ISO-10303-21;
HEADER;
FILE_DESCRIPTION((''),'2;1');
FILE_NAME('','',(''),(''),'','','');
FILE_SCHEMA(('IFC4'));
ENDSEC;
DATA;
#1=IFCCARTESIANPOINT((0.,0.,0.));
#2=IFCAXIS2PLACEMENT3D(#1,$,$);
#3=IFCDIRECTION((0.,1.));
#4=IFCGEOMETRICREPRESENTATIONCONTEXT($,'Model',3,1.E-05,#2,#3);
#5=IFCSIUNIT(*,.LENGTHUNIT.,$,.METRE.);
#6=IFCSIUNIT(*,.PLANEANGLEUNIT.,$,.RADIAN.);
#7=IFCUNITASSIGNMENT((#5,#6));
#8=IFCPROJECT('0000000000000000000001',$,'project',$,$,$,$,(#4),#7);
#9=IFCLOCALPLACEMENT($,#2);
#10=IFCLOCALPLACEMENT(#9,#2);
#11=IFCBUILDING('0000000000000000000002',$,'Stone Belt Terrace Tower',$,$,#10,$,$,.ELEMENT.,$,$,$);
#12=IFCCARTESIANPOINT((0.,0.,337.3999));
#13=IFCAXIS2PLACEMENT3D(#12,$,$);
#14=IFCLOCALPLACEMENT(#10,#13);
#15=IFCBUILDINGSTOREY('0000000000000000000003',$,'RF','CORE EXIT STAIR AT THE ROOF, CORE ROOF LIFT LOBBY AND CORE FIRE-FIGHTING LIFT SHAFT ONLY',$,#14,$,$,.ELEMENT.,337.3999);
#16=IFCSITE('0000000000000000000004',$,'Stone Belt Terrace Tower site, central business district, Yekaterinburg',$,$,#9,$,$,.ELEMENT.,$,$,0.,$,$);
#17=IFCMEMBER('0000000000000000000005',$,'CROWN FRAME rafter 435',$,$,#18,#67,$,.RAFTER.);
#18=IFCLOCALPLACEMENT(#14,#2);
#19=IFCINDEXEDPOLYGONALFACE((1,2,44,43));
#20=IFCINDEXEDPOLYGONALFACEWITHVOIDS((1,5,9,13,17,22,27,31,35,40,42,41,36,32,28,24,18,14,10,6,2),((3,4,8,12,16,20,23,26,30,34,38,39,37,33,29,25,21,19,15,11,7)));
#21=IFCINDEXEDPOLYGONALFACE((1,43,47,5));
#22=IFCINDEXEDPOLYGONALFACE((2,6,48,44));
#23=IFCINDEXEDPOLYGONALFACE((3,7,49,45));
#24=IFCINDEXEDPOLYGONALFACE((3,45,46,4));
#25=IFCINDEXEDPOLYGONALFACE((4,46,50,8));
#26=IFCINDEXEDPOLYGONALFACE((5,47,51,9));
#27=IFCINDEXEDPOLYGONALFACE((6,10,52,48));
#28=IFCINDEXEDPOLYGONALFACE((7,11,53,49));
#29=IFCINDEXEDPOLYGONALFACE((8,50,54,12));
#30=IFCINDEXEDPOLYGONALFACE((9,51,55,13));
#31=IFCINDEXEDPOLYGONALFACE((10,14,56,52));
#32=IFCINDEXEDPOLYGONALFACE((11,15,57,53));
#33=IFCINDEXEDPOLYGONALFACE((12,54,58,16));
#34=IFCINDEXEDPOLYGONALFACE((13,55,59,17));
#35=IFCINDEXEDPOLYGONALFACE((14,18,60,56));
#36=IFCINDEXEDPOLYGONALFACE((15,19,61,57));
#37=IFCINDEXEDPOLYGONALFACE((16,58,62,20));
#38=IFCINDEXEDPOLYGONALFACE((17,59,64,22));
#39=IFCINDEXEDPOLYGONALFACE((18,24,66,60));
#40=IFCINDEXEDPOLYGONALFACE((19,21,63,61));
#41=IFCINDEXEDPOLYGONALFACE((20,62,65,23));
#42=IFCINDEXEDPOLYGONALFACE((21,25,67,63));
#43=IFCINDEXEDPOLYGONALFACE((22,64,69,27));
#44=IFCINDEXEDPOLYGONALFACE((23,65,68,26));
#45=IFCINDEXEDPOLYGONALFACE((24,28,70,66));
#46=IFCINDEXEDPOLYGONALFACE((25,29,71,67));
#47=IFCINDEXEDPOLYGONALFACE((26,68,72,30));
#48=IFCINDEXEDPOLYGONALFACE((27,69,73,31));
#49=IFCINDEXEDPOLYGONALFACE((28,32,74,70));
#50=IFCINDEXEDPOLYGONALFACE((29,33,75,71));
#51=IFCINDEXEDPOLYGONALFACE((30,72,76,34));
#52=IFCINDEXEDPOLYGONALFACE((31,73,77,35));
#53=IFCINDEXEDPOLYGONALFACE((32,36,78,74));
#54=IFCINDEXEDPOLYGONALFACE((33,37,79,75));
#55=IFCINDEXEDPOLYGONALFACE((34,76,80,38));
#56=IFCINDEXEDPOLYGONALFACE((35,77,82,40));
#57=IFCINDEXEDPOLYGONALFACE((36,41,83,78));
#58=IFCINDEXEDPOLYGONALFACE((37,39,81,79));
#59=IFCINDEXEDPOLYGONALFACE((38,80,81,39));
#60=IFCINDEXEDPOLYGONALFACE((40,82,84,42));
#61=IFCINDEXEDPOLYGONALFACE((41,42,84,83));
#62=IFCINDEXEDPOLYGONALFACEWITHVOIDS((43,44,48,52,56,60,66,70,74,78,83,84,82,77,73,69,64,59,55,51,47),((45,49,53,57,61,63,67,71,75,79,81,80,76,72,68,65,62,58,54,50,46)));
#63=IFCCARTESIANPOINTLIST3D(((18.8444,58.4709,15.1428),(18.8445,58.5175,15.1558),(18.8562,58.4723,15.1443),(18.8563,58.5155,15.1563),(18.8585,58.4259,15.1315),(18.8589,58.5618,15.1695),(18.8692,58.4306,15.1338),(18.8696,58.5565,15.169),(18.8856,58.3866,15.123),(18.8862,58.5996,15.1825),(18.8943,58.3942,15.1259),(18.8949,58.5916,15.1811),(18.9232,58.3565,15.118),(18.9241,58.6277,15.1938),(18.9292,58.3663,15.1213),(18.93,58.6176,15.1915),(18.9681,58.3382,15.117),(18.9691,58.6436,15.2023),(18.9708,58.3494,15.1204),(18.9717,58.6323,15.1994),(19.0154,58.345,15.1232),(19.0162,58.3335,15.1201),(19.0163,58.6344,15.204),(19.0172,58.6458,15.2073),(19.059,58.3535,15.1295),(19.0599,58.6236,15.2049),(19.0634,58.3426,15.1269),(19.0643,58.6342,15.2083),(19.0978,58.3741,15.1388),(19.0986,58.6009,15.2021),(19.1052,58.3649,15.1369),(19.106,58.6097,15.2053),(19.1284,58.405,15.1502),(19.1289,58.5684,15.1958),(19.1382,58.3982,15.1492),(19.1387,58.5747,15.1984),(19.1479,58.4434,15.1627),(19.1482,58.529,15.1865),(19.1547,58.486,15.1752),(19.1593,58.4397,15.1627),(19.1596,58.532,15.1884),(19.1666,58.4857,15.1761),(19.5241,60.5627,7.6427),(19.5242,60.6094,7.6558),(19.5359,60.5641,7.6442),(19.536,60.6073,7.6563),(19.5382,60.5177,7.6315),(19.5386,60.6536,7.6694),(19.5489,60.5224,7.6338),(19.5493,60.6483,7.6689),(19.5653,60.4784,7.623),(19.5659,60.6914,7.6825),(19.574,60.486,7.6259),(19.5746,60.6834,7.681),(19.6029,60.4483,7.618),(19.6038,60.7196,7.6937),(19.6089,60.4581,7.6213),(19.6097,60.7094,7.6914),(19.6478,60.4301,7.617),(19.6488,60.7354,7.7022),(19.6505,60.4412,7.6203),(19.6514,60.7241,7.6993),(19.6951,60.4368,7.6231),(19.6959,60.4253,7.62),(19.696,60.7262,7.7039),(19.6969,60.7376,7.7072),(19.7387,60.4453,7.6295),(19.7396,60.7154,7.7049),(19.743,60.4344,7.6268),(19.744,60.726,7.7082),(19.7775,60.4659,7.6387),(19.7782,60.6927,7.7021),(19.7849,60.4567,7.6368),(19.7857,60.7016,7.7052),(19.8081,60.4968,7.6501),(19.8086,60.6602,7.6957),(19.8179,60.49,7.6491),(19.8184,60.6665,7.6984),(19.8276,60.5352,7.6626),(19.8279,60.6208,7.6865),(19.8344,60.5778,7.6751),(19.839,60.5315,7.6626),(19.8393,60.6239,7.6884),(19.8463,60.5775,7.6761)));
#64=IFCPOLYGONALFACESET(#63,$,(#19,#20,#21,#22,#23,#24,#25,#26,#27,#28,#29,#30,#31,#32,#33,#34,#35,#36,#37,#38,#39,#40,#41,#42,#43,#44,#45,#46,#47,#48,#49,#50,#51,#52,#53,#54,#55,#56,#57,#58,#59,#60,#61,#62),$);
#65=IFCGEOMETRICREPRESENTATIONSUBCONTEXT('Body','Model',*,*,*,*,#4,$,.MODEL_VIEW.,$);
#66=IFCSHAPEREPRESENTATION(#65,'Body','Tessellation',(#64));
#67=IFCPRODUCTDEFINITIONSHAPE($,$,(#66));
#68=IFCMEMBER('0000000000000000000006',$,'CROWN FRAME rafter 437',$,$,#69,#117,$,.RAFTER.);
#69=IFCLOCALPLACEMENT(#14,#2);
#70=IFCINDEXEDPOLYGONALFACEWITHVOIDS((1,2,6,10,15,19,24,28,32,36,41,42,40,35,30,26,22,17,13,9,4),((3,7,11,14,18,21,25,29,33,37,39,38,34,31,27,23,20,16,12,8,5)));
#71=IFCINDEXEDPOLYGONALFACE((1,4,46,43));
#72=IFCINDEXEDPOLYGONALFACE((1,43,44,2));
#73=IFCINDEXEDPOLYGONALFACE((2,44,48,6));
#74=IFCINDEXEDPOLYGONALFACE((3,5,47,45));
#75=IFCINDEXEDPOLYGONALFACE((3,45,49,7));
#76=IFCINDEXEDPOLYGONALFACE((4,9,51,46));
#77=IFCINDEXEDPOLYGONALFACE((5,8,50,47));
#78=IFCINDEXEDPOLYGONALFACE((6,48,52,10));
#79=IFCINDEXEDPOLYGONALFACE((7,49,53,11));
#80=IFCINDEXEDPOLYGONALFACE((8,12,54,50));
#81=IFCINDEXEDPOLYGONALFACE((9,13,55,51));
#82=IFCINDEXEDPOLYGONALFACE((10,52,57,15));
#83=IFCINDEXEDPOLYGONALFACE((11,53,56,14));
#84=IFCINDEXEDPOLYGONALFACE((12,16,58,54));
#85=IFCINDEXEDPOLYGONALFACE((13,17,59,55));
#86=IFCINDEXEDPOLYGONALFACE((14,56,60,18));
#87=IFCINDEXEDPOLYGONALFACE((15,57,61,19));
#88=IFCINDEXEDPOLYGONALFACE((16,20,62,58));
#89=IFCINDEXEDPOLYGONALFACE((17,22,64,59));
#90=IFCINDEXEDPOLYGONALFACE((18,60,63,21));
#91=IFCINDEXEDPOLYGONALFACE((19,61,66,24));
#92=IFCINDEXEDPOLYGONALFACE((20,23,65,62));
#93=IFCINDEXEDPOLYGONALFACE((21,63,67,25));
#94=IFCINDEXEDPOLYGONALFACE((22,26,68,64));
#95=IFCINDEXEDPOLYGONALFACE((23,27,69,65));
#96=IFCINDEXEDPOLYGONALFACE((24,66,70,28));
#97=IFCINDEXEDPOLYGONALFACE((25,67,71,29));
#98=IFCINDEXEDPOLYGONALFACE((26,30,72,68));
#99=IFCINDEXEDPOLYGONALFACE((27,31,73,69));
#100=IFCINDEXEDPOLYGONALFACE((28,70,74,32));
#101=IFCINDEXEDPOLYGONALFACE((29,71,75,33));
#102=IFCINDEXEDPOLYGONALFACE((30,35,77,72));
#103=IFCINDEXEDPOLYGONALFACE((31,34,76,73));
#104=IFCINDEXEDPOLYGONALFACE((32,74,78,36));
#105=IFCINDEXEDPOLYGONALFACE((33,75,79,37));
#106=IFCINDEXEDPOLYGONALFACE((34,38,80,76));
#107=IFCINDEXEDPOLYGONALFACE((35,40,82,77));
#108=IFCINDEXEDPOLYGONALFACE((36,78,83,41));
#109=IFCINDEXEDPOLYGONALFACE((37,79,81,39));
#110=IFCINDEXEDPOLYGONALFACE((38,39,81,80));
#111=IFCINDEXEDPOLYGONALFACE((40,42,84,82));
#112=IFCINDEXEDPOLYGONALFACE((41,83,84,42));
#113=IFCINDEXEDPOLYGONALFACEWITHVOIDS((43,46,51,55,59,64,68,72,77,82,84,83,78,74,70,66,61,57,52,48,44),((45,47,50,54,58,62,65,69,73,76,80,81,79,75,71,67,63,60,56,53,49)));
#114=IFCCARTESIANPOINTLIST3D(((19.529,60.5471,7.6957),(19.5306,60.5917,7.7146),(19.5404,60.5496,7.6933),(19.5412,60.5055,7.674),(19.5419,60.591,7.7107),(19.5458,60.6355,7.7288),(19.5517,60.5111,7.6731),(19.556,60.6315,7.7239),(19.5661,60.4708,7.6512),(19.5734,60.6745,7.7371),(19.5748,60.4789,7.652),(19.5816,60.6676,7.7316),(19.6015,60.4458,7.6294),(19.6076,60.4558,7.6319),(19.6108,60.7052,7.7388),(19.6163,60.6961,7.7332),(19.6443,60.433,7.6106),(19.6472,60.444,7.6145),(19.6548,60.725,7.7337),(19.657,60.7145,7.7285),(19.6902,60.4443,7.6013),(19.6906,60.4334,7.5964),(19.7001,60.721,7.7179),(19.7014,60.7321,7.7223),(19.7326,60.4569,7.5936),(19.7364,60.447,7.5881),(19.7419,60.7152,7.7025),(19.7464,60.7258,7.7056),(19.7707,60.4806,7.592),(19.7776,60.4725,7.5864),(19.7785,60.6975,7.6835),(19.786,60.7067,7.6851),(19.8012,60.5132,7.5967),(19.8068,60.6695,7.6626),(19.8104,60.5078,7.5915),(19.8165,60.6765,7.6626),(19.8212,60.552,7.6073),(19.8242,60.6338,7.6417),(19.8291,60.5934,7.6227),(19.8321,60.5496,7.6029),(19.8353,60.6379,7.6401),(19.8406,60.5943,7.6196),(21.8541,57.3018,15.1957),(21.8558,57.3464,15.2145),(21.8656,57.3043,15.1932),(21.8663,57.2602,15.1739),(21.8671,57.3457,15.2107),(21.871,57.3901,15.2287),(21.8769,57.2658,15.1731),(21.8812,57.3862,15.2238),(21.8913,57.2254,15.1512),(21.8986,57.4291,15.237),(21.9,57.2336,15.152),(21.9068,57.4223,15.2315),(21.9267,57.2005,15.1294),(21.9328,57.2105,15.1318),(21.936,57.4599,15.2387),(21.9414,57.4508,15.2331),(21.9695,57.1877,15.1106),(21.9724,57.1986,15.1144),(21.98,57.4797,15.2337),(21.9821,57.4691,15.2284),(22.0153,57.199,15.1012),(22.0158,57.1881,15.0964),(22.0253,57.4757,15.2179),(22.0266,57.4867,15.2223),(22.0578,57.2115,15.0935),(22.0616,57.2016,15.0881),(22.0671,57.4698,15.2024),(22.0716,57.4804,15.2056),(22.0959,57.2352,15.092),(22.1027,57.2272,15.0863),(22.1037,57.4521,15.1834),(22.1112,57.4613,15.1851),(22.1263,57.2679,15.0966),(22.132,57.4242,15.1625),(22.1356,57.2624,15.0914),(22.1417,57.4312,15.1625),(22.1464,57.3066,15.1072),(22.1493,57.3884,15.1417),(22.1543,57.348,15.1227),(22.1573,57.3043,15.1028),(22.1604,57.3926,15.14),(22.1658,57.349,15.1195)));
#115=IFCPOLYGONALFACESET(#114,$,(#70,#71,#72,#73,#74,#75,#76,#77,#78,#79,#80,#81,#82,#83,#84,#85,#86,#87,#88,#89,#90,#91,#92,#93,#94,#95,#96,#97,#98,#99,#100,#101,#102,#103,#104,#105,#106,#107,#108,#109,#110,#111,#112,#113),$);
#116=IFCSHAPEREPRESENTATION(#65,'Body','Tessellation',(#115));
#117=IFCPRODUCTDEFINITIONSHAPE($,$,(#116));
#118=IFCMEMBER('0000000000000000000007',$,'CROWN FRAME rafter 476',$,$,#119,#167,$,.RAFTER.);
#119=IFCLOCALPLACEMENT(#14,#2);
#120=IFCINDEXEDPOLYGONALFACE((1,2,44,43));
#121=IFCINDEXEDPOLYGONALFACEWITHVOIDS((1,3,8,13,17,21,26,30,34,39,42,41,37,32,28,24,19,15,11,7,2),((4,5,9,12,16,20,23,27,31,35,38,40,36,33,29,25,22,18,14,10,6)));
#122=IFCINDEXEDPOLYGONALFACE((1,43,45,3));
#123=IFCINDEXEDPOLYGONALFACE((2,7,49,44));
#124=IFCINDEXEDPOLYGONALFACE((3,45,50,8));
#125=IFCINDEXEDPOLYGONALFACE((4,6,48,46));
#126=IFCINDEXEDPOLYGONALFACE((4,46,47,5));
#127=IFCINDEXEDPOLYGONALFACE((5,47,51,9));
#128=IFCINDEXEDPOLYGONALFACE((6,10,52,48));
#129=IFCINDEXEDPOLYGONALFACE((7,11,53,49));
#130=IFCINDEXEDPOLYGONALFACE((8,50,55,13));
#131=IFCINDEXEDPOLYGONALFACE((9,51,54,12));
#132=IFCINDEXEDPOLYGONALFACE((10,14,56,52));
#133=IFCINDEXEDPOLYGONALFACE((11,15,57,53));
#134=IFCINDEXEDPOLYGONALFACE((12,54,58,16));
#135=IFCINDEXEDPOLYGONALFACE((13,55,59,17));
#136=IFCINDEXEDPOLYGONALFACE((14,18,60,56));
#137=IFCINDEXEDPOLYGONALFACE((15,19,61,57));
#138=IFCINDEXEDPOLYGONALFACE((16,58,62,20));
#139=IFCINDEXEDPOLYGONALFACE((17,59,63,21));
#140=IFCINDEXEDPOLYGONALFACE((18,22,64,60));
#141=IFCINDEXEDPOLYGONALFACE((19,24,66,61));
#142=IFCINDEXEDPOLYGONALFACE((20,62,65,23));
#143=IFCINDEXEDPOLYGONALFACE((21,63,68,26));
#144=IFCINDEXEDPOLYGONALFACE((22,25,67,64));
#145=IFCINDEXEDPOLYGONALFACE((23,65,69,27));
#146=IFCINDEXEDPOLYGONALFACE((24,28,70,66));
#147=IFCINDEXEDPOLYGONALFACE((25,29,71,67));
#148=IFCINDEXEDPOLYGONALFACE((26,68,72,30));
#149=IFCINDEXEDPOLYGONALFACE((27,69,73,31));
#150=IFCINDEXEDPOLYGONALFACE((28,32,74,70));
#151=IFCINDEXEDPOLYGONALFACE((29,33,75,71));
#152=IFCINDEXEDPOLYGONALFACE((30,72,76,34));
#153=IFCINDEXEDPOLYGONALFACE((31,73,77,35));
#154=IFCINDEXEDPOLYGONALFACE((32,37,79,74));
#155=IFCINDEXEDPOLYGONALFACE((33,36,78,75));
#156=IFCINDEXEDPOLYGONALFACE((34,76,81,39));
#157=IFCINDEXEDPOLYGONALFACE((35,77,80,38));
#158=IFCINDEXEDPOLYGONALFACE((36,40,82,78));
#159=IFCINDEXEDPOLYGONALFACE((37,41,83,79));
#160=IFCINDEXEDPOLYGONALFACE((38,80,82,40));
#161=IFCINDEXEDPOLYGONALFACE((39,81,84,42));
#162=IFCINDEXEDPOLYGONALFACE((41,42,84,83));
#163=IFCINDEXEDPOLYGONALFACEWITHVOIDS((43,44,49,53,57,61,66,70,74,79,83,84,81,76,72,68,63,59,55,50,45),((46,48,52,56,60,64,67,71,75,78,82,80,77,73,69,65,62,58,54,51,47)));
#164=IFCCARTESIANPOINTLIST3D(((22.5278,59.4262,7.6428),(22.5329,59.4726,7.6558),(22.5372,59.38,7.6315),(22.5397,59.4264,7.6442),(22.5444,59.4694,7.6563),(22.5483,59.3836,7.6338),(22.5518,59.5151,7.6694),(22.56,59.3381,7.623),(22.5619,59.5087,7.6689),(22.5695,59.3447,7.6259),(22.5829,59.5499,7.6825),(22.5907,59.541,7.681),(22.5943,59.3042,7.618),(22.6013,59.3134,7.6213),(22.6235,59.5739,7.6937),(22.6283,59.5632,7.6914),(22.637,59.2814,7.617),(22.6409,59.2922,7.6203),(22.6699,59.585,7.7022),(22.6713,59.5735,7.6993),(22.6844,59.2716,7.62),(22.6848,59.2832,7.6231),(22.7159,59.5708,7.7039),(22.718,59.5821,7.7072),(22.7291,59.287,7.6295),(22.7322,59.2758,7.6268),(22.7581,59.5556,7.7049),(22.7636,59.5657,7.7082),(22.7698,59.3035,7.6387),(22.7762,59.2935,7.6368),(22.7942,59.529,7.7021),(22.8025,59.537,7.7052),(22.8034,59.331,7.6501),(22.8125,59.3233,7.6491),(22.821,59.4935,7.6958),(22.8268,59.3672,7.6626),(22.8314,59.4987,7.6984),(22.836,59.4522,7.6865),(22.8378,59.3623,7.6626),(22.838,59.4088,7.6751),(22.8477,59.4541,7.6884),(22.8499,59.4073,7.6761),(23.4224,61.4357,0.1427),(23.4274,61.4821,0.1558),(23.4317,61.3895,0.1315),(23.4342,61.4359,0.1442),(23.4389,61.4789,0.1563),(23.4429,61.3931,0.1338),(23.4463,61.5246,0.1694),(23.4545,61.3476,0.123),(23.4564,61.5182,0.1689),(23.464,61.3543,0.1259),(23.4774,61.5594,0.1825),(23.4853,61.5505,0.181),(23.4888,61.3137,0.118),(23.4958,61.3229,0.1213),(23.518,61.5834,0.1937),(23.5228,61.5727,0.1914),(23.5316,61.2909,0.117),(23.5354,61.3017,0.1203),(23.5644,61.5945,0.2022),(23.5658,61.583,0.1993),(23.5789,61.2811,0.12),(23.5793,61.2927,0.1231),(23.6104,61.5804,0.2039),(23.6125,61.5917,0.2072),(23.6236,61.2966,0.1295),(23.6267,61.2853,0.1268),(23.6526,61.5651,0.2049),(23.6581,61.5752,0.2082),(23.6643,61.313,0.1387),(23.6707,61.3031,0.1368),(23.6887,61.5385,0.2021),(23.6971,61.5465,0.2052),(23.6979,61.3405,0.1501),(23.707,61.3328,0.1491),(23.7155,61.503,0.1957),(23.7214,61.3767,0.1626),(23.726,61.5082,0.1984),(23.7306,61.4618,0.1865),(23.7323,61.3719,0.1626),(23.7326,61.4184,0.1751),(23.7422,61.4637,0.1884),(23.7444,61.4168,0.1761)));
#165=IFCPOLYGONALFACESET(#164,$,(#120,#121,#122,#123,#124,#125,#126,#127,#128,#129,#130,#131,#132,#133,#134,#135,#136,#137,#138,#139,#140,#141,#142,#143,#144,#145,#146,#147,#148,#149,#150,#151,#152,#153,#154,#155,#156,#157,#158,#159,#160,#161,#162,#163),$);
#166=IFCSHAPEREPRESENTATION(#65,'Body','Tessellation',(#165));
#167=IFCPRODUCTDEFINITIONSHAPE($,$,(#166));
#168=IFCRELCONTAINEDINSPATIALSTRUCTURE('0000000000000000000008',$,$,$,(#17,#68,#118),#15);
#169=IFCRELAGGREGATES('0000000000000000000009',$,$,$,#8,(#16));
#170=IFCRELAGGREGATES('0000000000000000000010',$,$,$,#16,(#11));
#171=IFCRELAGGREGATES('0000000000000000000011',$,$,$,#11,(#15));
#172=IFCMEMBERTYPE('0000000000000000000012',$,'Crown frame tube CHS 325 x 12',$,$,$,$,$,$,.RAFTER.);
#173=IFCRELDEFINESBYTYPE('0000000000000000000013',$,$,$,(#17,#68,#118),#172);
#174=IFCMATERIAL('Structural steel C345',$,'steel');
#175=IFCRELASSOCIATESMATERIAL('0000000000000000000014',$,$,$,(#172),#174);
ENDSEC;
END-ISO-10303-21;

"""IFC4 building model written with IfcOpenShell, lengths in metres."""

from ifc_helpers import new_model, si_unit, direction, frame, origin, origin_2d, place, context, subcontext, project, spatial, hollow_circle, extrude, material, material_profile, profile_set, type_object, element, save


model = new_model("IFC4")

# Units and contexts
model_context = context("Model", 3, precision=1e-05, world=origin(), true_north=direction((0.0, 1.0)))
body_context = subcontext(model_context, "Body", "Model", "MODEL_VIEW")
ifc_project = project(units=[si_unit("LENGTHUNIT", "METRE"), si_unit("PLANEANGLEUNIT", "RADIAN")], contexts=[model_context])

# Site, building, storey
site_placement = place(None, origin())
site = spatial("IfcSite", under=ifc_project, at=site_placement, Name="Stone Belt Terrace Tower site, central business district, Yekaterinburg", CompositionType="ELEMENT", RefElevation=0.0)
building_placement = place(site_placement, origin())
building = spatial("IfcBuilding", under=site, at=building_placement, Name="Stone Belt Terrace Tower", CompositionType="ELEMENT")
storey_placement = place(building_placement, frame((0.0, 0.0, 337.3999)))
storey = spatial("IfcBuildingStorey", under=building, at=storey_placement, Name="RF", Description="CORE EXIT STAIR AT THE ROOF, CORE ROOF LIFT LOBBY AND CORE FIRE-FIGHTING LIFT SHAFT ONLY", CompositionType="ELEMENT", Elevation=337.3999)

# Members
ifc_material_1 = material(Name="Structural steel C345", Category="steel")
ifc_material_profile_1 = material_profile(ifc_material_1, hollow_circle(Radius=0.1626, WallThickness=0.012, at=origin_2d()), Name="Structural steel C345 CHS 325x12")
ifc_profile_set_1 = profile_set([ifc_material_profile_1], Name="Structural steel C345")
member_type_1 = type_object("IfcMemberType", Name="Crown frame tube CHS 325 x 12", PredefinedType="RAFTER", material=ifc_profile_set_1)
member_1_placement = place(storey_placement, frame((19.6843, 60.5818, 7.6626), z_axis=(-0.086963, -0.267635, 0.959588), x_axis=(0.951054, -0.309026, 0.0)))
element("IfcMember", 1, at=member_1_placement, inside=storey, type_object=member_type_1, Name="CROWN FRAME rafter 435", PredefinedType="RAFTER", context=body_context, shape_type="SweptSolid", body=[
    extrude(hollow_circle(Radius=0.1626, WallThickness=0.012, at=origin_2d()), origin(), (0.0, 0.0, 1.0), 7.8159),
])
member_2_placement = place(storey_placement, frame((19.6843, 60.5818, 7.6626), z_axis=(0.273668, -0.381969, 0.882726), x_axis=(0.812894, 0.582412, 0.0)))
element("IfcMember", 2, at=member_2_placement, inside=storey, type_object=member_type_1, Name="CROWN FRAME rafter 437", PredefinedType="RAFTER", context=body_context, shape_type="SweptSolid", body=[
    extrude(hollow_circle(Radius=0.1626, WallThickness=0.012, at=origin_2d()), origin(), (0.0, 0.0, 1.0), 8.4963),
])
member_3_placement = place(storey_placement, frame((23.5837, 61.438, 0.1626), z_axis=(-0.11445, -0.257107, 0.959582), x_axis=(0.913573, -0.406674, 0.0)))
element("IfcMember", 3, at=member_3_placement, inside=storey, type_object=member_type_1, Name="CROWN FRAME rafter 476", PredefinedType="RAFTER", context=body_context, shape_type="SweptSolid", body=[
    extrude(hollow_circle(Radius=0.1626, WallThickness=0.012, at=origin_2d()), origin(), (0.0, 0.0, 1.0), 7.8159),
])

save(model, "model.ifc")
